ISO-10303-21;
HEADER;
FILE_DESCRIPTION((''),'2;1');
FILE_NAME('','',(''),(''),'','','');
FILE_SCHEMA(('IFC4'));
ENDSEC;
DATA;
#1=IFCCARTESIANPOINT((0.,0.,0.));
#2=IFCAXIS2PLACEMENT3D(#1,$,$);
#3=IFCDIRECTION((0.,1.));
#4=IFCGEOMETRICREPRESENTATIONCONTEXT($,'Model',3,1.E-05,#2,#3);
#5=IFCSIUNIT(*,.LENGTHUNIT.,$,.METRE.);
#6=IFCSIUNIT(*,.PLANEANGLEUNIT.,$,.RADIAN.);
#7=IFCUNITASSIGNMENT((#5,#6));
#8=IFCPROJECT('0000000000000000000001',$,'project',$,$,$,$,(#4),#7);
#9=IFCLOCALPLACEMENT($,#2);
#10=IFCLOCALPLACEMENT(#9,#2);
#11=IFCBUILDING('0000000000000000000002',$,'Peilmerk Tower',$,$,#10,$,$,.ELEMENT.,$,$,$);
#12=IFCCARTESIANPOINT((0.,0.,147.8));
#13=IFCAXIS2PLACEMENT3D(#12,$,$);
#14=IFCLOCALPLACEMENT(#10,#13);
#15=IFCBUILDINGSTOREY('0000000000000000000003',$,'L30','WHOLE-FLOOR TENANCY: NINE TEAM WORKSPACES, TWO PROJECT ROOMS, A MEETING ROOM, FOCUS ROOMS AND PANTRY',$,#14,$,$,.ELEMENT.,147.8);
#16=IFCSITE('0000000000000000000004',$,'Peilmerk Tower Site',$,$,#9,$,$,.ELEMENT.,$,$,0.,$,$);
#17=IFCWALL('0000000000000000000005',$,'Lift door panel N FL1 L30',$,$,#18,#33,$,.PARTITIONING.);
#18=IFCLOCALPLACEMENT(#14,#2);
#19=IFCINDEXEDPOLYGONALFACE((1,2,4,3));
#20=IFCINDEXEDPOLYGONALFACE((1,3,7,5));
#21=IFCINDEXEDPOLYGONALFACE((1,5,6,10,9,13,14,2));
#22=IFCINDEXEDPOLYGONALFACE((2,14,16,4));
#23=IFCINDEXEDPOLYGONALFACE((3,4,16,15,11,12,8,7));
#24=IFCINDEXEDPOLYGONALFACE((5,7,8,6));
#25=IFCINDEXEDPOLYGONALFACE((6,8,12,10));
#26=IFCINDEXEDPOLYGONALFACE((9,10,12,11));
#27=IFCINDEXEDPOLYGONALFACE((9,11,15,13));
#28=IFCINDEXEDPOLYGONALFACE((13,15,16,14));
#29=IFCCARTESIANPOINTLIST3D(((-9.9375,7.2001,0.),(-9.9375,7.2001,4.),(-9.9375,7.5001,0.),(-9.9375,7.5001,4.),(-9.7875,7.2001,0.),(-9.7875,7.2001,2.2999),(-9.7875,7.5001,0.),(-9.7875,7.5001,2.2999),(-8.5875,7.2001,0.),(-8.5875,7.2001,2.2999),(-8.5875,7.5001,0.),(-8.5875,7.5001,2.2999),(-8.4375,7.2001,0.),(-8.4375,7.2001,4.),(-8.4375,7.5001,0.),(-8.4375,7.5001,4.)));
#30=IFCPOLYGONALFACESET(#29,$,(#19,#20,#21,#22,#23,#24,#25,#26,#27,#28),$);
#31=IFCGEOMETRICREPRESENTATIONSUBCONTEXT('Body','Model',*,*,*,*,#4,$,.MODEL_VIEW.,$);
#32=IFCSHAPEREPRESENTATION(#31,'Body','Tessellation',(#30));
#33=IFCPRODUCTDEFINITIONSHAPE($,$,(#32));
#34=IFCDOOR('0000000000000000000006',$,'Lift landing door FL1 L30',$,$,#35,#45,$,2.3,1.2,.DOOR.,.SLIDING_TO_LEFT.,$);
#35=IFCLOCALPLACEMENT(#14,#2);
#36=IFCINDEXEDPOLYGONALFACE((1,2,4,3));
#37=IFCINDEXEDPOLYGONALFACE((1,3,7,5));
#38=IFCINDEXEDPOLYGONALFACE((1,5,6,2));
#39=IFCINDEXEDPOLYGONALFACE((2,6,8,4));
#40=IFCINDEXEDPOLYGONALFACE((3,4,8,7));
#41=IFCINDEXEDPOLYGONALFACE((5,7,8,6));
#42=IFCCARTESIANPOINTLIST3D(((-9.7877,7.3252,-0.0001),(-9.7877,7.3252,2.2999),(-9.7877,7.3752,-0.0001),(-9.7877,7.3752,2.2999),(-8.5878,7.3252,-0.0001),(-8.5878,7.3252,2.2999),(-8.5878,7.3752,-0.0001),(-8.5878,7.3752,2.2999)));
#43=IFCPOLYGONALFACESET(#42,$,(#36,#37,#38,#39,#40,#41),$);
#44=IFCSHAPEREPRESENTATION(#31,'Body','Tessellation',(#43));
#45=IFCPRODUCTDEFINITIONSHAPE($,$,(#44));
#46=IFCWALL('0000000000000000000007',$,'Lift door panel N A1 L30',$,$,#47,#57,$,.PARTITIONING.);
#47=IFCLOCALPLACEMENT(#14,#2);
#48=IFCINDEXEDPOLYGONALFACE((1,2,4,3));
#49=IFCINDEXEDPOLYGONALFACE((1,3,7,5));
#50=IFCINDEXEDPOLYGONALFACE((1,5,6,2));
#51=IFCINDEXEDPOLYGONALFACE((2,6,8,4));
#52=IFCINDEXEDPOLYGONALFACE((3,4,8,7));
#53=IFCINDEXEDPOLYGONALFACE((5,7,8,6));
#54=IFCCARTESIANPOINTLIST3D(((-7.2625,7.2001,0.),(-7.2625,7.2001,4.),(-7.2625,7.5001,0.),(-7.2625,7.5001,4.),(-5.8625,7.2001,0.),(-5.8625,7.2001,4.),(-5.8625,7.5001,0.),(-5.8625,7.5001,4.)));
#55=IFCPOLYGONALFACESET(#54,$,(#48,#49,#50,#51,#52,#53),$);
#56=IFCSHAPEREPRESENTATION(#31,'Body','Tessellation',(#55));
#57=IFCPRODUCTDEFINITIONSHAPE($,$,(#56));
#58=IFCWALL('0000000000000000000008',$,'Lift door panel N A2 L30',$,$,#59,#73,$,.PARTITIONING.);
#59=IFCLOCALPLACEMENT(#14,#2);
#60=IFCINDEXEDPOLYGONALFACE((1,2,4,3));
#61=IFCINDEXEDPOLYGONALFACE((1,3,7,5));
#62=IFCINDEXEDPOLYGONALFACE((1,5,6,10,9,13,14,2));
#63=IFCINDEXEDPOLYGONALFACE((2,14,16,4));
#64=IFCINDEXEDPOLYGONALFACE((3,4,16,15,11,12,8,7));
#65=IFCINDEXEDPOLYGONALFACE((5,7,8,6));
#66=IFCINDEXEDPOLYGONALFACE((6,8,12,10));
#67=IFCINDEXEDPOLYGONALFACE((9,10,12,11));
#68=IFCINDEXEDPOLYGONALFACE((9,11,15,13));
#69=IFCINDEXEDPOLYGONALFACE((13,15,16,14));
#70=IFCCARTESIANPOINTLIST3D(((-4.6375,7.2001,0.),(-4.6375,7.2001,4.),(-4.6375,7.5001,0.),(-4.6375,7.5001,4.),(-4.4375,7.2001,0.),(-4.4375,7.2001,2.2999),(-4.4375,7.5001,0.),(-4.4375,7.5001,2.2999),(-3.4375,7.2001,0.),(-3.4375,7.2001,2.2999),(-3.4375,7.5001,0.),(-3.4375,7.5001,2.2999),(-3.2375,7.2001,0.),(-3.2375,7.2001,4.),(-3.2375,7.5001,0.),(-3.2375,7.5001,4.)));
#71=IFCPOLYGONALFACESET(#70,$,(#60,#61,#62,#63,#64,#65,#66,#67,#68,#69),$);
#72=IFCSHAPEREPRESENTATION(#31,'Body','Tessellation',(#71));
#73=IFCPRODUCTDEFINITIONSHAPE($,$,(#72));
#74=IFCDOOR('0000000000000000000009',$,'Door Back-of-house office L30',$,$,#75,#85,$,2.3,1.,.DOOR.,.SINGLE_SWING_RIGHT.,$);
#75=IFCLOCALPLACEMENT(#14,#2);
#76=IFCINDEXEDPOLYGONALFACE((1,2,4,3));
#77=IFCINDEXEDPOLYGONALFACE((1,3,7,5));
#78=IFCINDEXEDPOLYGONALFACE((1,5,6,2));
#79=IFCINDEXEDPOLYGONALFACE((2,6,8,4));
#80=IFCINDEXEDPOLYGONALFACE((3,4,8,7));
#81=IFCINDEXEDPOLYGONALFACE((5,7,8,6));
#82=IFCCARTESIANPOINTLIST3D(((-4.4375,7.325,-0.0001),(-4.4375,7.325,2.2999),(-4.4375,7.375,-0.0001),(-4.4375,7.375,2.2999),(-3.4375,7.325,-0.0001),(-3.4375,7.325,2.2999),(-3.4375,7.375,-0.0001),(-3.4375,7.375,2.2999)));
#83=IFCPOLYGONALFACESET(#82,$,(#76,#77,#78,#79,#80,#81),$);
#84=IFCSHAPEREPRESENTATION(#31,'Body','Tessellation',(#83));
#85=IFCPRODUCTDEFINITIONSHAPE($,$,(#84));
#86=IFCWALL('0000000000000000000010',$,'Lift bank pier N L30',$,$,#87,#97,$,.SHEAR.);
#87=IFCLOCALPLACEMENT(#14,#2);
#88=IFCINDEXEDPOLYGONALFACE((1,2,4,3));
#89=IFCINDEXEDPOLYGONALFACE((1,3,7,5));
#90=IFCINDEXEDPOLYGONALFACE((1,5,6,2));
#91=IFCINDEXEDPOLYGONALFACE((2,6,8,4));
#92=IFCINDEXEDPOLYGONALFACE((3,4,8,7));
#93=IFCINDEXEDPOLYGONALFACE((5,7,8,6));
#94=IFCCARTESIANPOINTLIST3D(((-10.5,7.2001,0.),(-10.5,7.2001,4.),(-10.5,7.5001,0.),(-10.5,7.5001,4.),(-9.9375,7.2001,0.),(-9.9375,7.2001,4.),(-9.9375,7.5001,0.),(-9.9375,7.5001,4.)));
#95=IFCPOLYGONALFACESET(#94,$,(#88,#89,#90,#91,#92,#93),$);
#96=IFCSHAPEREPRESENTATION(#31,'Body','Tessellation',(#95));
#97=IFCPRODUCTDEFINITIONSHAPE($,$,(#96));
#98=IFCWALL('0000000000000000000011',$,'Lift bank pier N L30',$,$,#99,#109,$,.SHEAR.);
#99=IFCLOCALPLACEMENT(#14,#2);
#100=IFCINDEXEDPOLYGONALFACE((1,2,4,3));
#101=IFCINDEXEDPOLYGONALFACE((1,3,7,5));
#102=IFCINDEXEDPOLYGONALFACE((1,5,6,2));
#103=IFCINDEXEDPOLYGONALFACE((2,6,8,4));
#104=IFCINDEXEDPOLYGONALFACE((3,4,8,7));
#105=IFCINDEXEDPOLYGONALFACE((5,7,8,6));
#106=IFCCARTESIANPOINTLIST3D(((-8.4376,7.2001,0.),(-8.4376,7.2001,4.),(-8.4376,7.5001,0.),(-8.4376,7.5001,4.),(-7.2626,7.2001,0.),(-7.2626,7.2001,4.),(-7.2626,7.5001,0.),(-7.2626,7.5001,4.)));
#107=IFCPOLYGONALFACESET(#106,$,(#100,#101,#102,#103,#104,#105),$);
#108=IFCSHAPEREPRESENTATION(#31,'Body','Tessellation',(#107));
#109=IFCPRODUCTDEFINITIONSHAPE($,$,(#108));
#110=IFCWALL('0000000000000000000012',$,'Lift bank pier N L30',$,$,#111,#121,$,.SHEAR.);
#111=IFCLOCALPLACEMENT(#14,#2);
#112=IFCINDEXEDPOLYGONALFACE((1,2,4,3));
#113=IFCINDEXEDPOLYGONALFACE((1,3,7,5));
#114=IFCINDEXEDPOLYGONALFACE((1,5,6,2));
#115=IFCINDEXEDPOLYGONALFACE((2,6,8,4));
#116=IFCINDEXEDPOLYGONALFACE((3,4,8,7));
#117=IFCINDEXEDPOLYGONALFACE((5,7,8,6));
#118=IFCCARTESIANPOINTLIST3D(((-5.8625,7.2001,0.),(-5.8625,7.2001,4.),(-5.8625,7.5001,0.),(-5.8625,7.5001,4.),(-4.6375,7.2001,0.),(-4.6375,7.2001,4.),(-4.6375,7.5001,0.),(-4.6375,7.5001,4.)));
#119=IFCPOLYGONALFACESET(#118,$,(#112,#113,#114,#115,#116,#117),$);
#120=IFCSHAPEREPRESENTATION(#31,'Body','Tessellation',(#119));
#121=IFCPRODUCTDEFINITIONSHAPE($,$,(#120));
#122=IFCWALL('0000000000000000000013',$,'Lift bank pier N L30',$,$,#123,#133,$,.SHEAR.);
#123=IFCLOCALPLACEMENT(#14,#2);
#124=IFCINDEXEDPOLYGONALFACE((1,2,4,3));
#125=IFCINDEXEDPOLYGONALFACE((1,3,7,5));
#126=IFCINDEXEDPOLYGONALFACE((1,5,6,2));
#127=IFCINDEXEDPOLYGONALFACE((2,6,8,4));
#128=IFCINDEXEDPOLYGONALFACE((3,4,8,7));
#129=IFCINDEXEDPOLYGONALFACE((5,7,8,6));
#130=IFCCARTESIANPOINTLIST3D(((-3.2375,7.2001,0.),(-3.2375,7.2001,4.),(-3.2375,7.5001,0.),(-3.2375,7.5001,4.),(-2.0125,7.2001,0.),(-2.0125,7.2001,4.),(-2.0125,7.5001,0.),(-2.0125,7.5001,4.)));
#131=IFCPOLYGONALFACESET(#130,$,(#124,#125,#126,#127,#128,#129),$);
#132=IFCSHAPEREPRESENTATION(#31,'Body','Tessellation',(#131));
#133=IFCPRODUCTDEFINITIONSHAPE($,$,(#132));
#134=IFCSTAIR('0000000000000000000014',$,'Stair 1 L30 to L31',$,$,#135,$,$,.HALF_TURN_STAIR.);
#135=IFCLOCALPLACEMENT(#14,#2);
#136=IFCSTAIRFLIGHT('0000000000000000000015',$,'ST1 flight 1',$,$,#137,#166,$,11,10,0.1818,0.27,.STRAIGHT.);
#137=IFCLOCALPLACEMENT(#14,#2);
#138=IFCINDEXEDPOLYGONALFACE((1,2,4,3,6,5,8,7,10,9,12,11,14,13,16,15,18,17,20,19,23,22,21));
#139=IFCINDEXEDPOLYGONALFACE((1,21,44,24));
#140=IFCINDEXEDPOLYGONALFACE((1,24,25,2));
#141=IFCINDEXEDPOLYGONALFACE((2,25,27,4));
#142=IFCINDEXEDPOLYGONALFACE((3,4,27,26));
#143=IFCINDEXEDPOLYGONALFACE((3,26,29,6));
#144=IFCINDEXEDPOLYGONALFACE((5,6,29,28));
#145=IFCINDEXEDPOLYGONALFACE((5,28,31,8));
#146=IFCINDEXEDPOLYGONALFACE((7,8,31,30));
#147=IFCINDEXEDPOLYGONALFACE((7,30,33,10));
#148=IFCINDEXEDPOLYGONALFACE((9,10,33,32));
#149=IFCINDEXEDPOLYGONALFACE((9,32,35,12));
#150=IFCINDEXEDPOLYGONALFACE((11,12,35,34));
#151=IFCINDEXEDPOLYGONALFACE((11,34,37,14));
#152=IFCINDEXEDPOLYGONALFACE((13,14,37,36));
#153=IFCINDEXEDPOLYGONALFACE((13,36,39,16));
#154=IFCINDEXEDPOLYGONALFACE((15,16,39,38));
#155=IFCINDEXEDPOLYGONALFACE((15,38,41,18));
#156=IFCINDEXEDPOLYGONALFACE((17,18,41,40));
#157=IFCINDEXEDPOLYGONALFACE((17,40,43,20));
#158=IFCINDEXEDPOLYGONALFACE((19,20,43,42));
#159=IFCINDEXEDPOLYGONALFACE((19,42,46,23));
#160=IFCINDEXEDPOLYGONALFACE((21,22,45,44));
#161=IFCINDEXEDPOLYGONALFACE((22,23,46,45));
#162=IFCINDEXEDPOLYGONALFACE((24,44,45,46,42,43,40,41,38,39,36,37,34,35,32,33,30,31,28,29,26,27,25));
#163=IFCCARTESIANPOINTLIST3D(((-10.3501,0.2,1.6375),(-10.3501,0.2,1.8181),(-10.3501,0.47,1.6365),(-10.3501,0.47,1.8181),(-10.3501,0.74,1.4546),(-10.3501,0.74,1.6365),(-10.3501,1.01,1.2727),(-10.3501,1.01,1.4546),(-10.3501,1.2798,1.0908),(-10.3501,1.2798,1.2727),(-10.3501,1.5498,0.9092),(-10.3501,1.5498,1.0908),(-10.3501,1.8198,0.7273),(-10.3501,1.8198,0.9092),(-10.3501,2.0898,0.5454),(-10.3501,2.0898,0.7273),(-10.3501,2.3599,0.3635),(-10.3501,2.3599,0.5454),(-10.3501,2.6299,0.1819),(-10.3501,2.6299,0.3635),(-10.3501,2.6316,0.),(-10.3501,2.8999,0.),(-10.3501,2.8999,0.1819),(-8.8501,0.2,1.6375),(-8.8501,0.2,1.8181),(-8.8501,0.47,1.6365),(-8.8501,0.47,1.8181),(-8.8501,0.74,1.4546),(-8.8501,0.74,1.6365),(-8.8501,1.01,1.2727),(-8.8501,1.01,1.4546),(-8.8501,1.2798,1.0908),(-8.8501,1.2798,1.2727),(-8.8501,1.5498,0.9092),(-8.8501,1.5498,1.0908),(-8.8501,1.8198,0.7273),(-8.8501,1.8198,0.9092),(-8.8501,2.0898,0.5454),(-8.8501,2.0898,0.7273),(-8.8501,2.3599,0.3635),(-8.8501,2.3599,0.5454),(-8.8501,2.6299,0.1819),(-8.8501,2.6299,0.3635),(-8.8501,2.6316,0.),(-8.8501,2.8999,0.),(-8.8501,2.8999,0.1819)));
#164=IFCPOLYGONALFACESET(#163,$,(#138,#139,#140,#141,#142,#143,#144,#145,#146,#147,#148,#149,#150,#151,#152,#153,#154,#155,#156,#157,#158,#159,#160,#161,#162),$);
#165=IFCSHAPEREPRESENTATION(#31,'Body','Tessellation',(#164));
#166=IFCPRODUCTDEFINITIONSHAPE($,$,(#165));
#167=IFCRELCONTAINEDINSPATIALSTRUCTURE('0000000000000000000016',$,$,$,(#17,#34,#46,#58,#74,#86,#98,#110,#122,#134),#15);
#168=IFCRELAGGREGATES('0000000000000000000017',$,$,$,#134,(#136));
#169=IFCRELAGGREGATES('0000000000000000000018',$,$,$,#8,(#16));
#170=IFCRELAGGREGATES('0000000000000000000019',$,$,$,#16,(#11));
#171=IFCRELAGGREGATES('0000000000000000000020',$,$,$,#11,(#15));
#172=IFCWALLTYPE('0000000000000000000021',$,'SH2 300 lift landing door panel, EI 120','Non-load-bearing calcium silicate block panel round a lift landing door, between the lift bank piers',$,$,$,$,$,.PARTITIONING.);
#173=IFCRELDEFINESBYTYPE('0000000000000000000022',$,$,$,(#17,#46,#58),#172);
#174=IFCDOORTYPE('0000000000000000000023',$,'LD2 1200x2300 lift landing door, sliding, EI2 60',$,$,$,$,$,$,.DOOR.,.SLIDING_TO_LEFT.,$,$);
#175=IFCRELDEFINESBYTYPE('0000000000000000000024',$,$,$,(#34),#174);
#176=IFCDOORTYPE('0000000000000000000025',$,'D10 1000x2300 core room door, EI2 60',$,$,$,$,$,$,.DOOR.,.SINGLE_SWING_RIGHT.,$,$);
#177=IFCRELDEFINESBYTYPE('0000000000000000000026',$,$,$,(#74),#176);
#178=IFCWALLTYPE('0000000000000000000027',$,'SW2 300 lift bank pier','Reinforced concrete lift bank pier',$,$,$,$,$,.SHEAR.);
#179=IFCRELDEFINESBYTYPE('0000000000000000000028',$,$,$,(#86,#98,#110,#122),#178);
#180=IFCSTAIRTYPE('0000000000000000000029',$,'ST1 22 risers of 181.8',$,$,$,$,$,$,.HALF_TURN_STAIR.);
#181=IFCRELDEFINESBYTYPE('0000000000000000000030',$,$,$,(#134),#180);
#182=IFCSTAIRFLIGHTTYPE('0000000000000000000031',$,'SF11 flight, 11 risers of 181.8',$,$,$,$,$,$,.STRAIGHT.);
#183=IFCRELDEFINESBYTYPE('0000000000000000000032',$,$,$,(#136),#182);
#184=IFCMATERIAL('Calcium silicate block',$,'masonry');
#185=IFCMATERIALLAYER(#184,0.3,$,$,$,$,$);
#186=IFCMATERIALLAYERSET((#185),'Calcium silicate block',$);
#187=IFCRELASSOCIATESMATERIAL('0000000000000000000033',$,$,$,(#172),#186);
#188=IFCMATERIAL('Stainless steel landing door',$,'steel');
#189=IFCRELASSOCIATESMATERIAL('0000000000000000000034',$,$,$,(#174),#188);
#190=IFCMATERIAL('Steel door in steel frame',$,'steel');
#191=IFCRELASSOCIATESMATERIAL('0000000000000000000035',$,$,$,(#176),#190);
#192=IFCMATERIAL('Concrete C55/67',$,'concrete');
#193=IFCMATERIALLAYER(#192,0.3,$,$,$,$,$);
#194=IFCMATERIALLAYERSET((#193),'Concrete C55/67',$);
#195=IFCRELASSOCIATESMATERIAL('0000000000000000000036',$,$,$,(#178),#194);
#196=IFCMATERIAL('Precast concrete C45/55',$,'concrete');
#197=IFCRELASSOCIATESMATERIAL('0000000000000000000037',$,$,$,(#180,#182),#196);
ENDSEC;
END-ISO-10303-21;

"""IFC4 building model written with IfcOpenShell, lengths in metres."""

from ifc_helpers import new_model, si_unit, direction, frame, frame_2d, origin, place, context, subcontext, project, spatial, polyline, rectangle, outline, extrude, material, layer, layer_set, type_object, element, fill, aggregate, save


model = new_model("IFC4")

# Units and contexts
model_context = context("Model", 3, precision=1e-05, world=origin(), true_north=direction((0.0, 1.0)))
body_context = subcontext(model_context, "Body", "Model", "MODEL_VIEW")
ifc_project = project(units=[si_unit("LENGTHUNIT", "METRE"), si_unit("PLANEANGLEUNIT", "RADIAN")], contexts=[model_context])

# Site, building, storey
site_placement = place(None, origin())
site = spatial("IfcSite", under=ifc_project, at=site_placement, Name="Peilmerk Tower Site", CompositionType="ELEMENT", RefElevation=0.0)
building_placement = place(site_placement, origin())
building = spatial("IfcBuilding", under=site, at=building_placement, Name="Peilmerk Tower", CompositionType="ELEMENT")
storey_placement = place(building_placement, frame((0.0, 0.0, 147.8)))
storey = spatial("IfcBuildingStorey", under=building, at=storey_placement, Name="L30", Description="WHOLE-FLOOR TENANCY: NINE TEAM WORKSPACES, TWO PROJECT ROOMS, A MEETING ROOM, FOCUS ROOMS AND PANTRY", CompositionType="ELEMENT", Elevation=147.8)

# Shared definitions
ifc_material_1 = material(Name="Concrete C55/67", Category="concrete")

# Shared definitions
ifc_material_2 = material(Name="Steel door in steel frame", Category="steel")

# Wall, opening, door
ifc_material_3 = material(Name="Calcium silicate block", Category="masonry")
ifc_layer_1 = layer(ifc_material_3, 0.3)
ifc_layer_set_1 = layer_set([ifc_layer_1], Name="Calcium silicate block")
wall_type_1 = type_object("IfcWallType", Name="SH2 300 lift landing door panel, EI 120", Description="Non-load-bearing calcium silicate block panel round a lift landing door, between the lift bank piers", PredefinedType="PARTITIONING", material=ifc_layer_set_1)
wall_1_placement = place(storey_placement, frame((-9.9375, 7.3501, 0.0), z_axis=(0.0, 0.0, 1.0), x_axis=(1.0, 0.0, 0.0)))
wall_1 = element("IfcWall", 1, at=wall_1_placement, inside=storey, type_object=wall_type_1, Name="Lift door panel N FL1 L30", PredefinedType="PARTITIONING", context=body_context, shape_type="SweptSolid", body=[
    extrude(rectangle(XDim=1.5, YDim=0.3, at=frame_2d((0.75, 0.0))), origin(), (0.0, 0.0, 1.0), 4.0),
])
opening_1_placement = place(wall_1_placement, frame((0.1499, 0.0, 0.0)))
opening_1 = element("IfcOpeningElement", 2, at=opening_1_placement, cuts=wall_1, PredefinedType="OPENING", context=body_context, shape_type="SweptSolid", body=[
    extrude(rectangle(XDim=1.2, YDim=2.3, at=frame_2d((0.6001, 1.1499))), frame((0.0, 0.1599, 0.0), z_axis=(0.0, -1.0, 0.0), x_axis=(1.0, 0.0, 0.0)), (0.0, 0.0, 1.0), 0.3201),
])
ifc_material_4 = material(Name="Stainless steel landing door", Category="steel")
door_type_1 = type_object("IfcDoorType", Name="LD2 1200x2300 lift landing door, sliding, EI2 60", OperationType="SLIDING_TO_LEFT", PredefinedType="DOOR", material=ifc_material_4)
door_1_placement = place(opening_1_placement, frame((1.2, 0.0, 0.0), z_axis=(0.0, 0.0, 1.0), x_axis=(-1.0, 0.0, 0.0)))
door_1 = element("IfcDoor", 3, at=door_1_placement, inside=storey, type_object=door_type_1, Name="Lift landing door FL1 L30", OperationType="SLIDING_TO_LEFT", OverallHeight=2.3, OverallWidth=1.2, PredefinedType="DOOR", context=body_context, shape_type="SweptSolid", body=[
    extrude(rectangle(XDim=1.2, YDim=2.3, at=frame_2d((0.6001, 1.1499))), frame((0.0, 0.0249, 0.0), z_axis=(0.0, -1.0, 0.0), x_axis=(1.0, 0.0, 0.0)), (0.0, 0.0, 1.0), 0.05),
])
fill(opening_1, door_1)

# Wall
wall_2_placement = place(storey_placement, frame((-7.2625, 7.3501, 0.0), z_axis=(0.0, 0.0, 1.0), x_axis=(1.0, 0.0, 0.0)))
element("IfcWall", 4, at=wall_2_placement, inside=storey, type_object=wall_type_1, Name="Lift door panel N A1 L30", PredefinedType="PARTITIONING", context=body_context, shape_type="SweptSolid", body=[
    extrude(rectangle(XDim=1.3999, YDim=0.3, at=frame_2d((0.7, 0.0))), origin(), (0.0, 0.0, 1.0), 4.0),
])

# Wall, opening, door
wall_3_placement = place(storey_placement, frame((-4.6375, 7.3501, 0.0), z_axis=(0.0, 0.0, 1.0), x_axis=(1.0, 0.0, 0.0)))
wall_3 = element("IfcWall", 5, at=wall_3_placement, inside=storey, type_object=wall_type_1, Name="Lift door panel N A2 L30", PredefinedType="PARTITIONING", context=body_context, shape_type="SweptSolid", body=[
    extrude(rectangle(XDim=1.3999, YDim=0.3, at=frame_2d((0.7, 0.0))), origin(), (0.0, 0.0, 1.0), 4.0),
])
opening_2_placement = place(wall_3_placement, frame((0.2, 0.0, 0.0)))
opening_2 = element("IfcOpeningElement", 6, at=opening_2_placement, cuts=wall_3, PredefinedType="OPENING", context=body_context, shape_type="SweptSolid", body=[
    extrude(rectangle(XDim=1.0, YDim=2.3, at=frame_2d((0.5, 1.1499))), frame((0.0, 0.1599, 0.0), z_axis=(0.0, -1.0, 0.0), x_axis=(1.0, 0.0, 0.0)), (0.0, 0.0, 1.0), 0.3201),
])
door_type_2 = type_object("IfcDoorType", Name="D10 1000x2300 core room door, EI2 60", OperationType="SINGLE_SWING_RIGHT", PredefinedType="DOOR", material=ifc_material_2)
door_2_placement = place(opening_2_placement, origin())
door_2 = element("IfcDoor", 7, at=door_2_placement, inside=storey, type_object=door_type_2, Name="Door Back-of-house office L30", OperationType="SINGLE_SWING_RIGHT", OverallHeight=2.3, OverallWidth=1.0, PredefinedType="DOOR", context=body_context, shape_type="SweptSolid", body=[
    extrude(rectangle(XDim=1.0, YDim=2.3, at=frame_2d((0.5, 1.1499))), frame((0.0, 0.0249, 0.0), z_axis=(0.0, -1.0, 0.0), x_axis=(1.0, 0.0, 0.0)), (0.0, 0.0, 1.0), 0.05),
])
fill(opening_2, door_2)

# Walls
ifc_layer_2 = layer(ifc_material_1, 0.3)
ifc_layer_set_2 = layer_set([ifc_layer_2], Name="Concrete C55/67")
wall_type_2 = type_object("IfcWallType", Name="SW2 300 lift bank pier", Description="Reinforced concrete lift bank pier", PredefinedType="SHEAR", material=ifc_layer_set_2)
wall_4_placement = place(storey_placement, frame((-10.5, 7.3501, 0.0), z_axis=(0.0, 0.0, 1.0), x_axis=(1.0, 0.0, 0.0)))
element("IfcWall", 8, at=wall_4_placement, inside=storey, type_object=wall_type_2, Name="Lift bank pier N L30", PredefinedType="SHEAR", context=body_context, shape_type="SweptSolid", body=[
    extrude(rectangle(XDim=0.5625, YDim=0.3, at=frame_2d((0.2812, 0.0))), origin(), (0.0, 0.0, 1.0), 4.0),
])
wall_5_placement = place(storey_placement, frame((-8.4375, 7.3501, 0.0), z_axis=(0.0, 0.0, 1.0), x_axis=(1.0, 0.0, 0.0)))
element("IfcWall", 9, at=wall_5_placement, inside=storey, type_object=wall_type_2, Name="Lift bank pier N L30", PredefinedType="SHEAR", context=body_context, shape_type="SweptSolid", body=[
    extrude(rectangle(XDim=1.175, YDim=0.3, at=frame_2d((0.5874, 0.0))), origin(), (0.0, 0.0, 1.0), 4.0),
])
for number, where, z_axis, x_axis, name in (
    (10, (-5.8625, 7.3501, 0.0), (0.0, 0.0, 1.0), (1.0, 0.0, 0.0), "Lift bank pier N L30"),
    (11, (-3.2375, 7.3501, 0.0), (0.0, 0.0, 1.0), (1.0, 0.0, 0.0), "Lift bank pier N L30"),
):
    element("IfcWall", number, at=place(storey_placement, frame(where, z_axis=z_axis, x_axis=x_axis)), inside=storey, type_object=wall_type_2, Name=name, PredefinedType="SHEAR", context=body_context, shape_type="SweptSolid", body=[
        extrude(rectangle(XDim=1.2251, YDim=0.3, at=frame_2d((0.6125, 0.0))), origin(), (0.0, 0.0, 1.0), 4.0),
    ])

# Stair, stair flight
ifc_material_5 = material(Name="Precast concrete C45/55", Category="concrete")
stair_type = type_object("IfcStairType", Name="ST1 22 risers of 181.8", PredefinedType="HALF_TURN_STAIR", material=ifc_material_5)
stair_placement = place(storey_placement, origin())
stair = element("IfcStair", 12, at=stair_placement, inside=storey, type_object=stair_type, Name="Stair 1 L30 to L31", PredefinedType="HALF_TURN_STAIR")
stair_flight_type = type_object("IfcStairFlightType", Name="SF11 flight, 11 risers of 181.8", PredefinedType="STRAIGHT", material=ifc_material_5)
stair_flight_1_placement = place(storey_placement, frame((-9.6001, 2.8999, 0.0), z_axis=(0.0, 0.0, 1.0), x_axis=(0.0, -1.0, 0.0)))
stair_flight_1 = element("IfcStairFlight", 13, at=stair_flight_1_placement, type_object=stair_flight_type, Name="ST1 flight 1", NumberOfRisers=11, NumberOfTreads=10, PredefinedType="STRAIGHT", RiserHeight=0.1818, TreadLength=0.27, context=body_context, shape_type="SweptSolid", body=[
    extrude(outline(polyline([(0.0, 0.0), (0.0, 0.1819), (0.27, 0.1819), (0.27, 0.3635), (0.54, 0.3635), (0.54, 0.5454), (0.8101, 0.5454), (0.8101, 0.7273), (1.0801, 0.7273), (1.0801, 0.9092), (1.3501, 0.9092), (1.3501, 1.0908), (1.6201, 1.0908), (1.6201, 1.2727), (1.8899, 1.2727), (1.8899, 1.4546), (2.1599, 1.4546), (2.1599, 1.6365), (2.4299, 1.6365), (2.4299, 1.8181), (2.7, 1.8181), (2.7, 2.0), (2.7, 1.6375), (0.2683, 0.0), (0.0, 0.0)])), frame((0.0, 0.75, 0.0), z_axis=(0.0, -1.0, 0.0), x_axis=(1.0, 0.0, 0.0)), (0.0, 0.0, 1.0), 1.5),
])
aggregate(stair, [stair_flight_1])

save(model, "model.ifc")
